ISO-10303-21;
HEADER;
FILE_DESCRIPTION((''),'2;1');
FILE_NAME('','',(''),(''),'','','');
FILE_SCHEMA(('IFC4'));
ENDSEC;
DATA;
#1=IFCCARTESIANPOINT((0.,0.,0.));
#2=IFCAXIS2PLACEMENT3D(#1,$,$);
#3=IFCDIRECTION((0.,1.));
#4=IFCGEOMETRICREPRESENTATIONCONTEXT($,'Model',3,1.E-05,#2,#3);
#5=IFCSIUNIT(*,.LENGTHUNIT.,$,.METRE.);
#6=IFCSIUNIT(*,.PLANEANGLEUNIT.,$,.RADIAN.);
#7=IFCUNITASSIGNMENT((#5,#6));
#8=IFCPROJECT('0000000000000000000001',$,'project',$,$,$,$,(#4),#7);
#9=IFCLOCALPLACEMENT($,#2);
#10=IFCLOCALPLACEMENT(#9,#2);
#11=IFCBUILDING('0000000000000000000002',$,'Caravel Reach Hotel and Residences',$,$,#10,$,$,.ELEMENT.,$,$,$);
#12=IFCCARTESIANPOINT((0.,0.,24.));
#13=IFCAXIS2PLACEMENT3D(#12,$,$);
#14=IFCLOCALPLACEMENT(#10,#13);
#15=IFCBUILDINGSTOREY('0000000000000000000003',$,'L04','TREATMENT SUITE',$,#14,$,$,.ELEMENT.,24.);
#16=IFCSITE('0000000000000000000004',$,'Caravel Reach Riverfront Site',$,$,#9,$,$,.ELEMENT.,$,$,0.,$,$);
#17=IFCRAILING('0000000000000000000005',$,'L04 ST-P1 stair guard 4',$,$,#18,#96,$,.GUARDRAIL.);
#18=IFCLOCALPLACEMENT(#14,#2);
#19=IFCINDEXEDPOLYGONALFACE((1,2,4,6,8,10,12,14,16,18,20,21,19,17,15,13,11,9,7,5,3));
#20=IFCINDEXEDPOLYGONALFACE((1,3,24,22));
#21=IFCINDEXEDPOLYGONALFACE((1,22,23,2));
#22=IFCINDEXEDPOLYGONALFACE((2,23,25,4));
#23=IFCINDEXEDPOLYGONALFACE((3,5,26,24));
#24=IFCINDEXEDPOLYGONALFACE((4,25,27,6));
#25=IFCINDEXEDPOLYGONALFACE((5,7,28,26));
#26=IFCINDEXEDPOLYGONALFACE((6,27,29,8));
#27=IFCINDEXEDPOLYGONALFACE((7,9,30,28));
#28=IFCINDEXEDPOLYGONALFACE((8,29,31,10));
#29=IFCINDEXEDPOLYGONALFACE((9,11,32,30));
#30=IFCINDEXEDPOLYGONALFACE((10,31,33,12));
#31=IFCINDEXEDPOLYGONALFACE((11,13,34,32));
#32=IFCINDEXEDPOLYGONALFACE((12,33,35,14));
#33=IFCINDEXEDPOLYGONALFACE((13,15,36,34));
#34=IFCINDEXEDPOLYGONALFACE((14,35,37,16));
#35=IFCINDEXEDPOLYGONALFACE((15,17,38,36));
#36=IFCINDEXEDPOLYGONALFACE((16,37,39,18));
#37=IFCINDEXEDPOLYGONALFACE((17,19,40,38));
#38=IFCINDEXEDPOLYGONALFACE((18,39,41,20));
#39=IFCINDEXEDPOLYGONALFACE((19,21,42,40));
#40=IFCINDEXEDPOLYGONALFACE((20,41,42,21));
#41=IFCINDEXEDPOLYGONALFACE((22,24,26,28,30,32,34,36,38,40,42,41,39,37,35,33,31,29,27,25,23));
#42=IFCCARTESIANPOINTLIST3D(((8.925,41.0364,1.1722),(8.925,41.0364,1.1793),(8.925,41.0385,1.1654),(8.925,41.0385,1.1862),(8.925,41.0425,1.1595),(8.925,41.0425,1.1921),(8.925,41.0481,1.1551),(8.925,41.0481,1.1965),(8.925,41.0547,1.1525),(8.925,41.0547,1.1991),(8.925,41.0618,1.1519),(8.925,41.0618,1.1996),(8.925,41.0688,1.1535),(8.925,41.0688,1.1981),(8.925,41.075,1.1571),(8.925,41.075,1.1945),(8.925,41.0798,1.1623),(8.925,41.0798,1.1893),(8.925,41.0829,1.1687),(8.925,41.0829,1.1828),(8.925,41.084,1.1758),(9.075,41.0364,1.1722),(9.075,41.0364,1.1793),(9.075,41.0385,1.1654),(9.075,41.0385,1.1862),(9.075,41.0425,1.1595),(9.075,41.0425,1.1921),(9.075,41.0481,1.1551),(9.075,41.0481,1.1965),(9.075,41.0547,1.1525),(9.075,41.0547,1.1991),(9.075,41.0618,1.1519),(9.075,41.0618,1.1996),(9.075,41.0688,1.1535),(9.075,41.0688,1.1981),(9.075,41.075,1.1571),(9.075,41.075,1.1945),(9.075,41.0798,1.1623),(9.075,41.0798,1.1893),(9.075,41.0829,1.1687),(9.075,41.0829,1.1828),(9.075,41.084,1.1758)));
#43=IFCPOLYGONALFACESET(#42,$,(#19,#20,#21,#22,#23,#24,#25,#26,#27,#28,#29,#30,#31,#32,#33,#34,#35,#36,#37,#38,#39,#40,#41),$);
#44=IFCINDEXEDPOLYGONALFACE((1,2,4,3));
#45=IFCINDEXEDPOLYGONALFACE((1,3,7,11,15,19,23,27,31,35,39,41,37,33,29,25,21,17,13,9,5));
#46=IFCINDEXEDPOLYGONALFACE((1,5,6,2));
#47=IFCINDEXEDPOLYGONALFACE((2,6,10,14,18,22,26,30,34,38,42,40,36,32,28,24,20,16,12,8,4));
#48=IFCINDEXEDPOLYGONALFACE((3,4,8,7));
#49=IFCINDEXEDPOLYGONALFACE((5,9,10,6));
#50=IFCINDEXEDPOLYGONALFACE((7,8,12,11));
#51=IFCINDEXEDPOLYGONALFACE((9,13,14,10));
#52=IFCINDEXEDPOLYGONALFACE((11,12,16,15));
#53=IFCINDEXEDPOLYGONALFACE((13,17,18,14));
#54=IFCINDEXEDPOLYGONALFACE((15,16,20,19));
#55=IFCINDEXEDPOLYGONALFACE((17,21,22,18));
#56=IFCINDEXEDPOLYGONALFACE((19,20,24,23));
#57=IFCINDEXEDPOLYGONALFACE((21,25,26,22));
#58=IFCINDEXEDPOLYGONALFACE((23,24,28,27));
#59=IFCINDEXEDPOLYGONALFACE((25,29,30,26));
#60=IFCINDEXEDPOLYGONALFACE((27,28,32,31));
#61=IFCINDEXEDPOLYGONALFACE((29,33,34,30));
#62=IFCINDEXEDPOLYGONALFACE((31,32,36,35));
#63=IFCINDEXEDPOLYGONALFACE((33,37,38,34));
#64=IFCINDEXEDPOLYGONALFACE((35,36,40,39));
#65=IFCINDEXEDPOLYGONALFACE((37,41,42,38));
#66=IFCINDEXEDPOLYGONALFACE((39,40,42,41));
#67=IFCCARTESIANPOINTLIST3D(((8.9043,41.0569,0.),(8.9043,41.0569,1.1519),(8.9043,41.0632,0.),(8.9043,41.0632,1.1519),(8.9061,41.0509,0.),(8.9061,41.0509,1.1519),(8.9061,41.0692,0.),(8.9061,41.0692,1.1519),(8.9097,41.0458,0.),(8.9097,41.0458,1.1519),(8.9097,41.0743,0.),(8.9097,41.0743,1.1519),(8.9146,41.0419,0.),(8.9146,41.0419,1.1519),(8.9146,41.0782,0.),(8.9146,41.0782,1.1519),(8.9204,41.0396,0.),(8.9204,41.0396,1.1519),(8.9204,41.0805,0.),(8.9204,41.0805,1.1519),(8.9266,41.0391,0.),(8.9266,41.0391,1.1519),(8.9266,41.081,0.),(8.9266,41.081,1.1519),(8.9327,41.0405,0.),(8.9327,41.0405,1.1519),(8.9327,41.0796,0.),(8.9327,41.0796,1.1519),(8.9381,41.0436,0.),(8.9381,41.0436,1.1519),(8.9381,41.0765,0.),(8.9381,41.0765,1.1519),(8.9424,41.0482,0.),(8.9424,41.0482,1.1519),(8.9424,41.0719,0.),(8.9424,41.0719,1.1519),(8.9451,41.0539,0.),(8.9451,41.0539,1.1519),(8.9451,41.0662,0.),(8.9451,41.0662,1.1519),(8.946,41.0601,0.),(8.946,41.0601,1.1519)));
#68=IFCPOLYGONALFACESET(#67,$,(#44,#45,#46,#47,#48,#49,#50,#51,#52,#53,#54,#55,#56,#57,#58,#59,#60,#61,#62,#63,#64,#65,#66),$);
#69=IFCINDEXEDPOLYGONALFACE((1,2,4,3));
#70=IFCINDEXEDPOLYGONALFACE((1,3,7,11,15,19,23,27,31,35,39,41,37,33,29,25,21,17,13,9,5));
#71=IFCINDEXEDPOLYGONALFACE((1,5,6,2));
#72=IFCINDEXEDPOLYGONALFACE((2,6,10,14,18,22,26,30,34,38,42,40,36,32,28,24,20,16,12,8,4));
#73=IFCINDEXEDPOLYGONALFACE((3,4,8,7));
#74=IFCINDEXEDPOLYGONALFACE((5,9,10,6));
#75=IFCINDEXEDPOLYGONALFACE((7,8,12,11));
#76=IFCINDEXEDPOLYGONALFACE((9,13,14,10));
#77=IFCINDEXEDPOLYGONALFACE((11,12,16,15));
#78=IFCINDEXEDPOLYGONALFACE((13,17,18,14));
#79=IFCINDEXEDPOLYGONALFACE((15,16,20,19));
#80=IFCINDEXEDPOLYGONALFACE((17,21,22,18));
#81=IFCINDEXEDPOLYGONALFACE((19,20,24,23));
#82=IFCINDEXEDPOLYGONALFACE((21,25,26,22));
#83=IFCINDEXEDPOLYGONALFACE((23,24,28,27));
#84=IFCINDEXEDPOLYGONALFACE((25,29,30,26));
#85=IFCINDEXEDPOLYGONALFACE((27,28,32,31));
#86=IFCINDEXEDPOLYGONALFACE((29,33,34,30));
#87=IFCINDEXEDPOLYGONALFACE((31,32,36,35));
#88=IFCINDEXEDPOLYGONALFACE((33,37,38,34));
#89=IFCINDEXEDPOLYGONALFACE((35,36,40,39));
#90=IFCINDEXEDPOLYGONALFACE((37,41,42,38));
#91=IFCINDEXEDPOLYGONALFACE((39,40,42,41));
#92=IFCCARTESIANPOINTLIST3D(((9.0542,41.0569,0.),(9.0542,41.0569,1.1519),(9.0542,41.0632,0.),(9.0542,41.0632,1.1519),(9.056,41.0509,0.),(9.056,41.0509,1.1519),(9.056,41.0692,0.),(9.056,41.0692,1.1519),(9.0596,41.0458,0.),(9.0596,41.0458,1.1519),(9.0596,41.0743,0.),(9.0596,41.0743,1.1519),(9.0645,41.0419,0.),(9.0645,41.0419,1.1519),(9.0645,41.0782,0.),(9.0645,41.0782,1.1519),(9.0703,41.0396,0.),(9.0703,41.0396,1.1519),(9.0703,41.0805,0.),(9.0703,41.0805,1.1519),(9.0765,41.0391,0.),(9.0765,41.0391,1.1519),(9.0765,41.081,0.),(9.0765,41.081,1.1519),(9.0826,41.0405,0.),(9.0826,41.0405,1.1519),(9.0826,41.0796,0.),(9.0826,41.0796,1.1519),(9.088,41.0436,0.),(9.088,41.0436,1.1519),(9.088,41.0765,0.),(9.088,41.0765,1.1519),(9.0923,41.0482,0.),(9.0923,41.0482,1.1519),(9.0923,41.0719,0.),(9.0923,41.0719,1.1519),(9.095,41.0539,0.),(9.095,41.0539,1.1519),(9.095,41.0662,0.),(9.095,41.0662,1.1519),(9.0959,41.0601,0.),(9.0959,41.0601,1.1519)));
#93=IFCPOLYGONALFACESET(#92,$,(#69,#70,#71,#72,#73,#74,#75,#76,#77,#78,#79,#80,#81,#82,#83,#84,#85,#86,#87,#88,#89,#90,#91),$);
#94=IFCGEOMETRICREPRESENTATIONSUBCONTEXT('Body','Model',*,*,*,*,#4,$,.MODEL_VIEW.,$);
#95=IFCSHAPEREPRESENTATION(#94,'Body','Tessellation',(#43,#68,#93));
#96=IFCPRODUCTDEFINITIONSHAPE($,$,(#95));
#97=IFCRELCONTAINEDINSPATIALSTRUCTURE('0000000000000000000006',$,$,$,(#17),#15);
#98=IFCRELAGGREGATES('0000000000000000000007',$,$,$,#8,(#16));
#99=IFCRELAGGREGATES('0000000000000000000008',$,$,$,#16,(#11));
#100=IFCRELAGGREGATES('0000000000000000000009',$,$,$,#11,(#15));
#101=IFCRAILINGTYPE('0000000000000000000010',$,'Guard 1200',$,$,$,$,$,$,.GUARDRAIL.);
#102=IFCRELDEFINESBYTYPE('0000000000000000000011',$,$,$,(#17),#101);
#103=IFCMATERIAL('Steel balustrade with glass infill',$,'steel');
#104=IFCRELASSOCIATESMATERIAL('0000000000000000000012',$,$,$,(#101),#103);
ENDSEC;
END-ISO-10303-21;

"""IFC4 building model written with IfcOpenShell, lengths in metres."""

from ifc_helpers import new_model, si_unit, direction, frame, origin, origin_2d, place, context, subcontext, project, spatial, circle, extrude, material, type_object, element, save


model = new_model("IFC4")

# Units and contexts
model_context = context("Model", 3, precision=1e-05, world=origin(), true_north=direction((0.0, 1.0)))
body_context = subcontext(model_context, "Body", "Model", "MODEL_VIEW")
ifc_project = project(units=[si_unit("LENGTHUNIT", "METRE"), si_unit("PLANEANGLEUNIT", "RADIAN")], contexts=[model_context])

# Site, building, storey
site_placement = place(None, origin())
site = spatial("IfcSite", under=ifc_project, at=site_placement, Name="Caravel Reach Riverfront Site", CompositionType="ELEMENT", RefElevation=0.0)
building_placement = place(site_placement, origin())
building = spatial("IfcBuilding", under=site, at=building_placement, Name="Caravel Reach Hotel and Residences", CompositionType="ELEMENT")
storey_placement = place(building_placement, frame((0.0, 0.0, 24.0)))
storey = spatial("IfcBuildingStorey", under=building, at=storey_placement, Name="L04", Description="TREATMENT SUITE", CompositionType="ELEMENT", Elevation=24.0)

# Railing
ifc_material_1 = material(Name="Steel balustrade with glass infill", Category="steel")
railing_type = type_object("IfcRailingType", Name="Guard 1200", PredefinedType="GUARDRAIL", material=ifc_material_1)
railing_placement = place(storey_placement, frame((8.925, 41.0601, 0.0)))
element("IfcRailing", 1, at=railing_placement, inside=storey, type_object=railing_type, Name="L04 ST-P1 stair guard 4", PredefinedType="GUARDRAIL", context=body_context, shape_type="SweptSolid", body=[
    extrude(circle(Radius=0.0239, at=origin_2d()), frame((0.0, 0.0, 1.1758), z_axis=(1.0, 0.0, 0.0), x_axis=(0.0, 1.0, 0.0)), (0.0, 0.0, 1.0), 0.1499),
    extrude(circle(Radius=0.021, at=origin_2d()), origin(), (0.0, 0.0, 1.0), 1.1519),
    extrude(circle(Radius=0.021, at=origin_2d()), frame((0.1499, 0.0, 0.0)), (0.0, 0.0, 1.0), 1.1519),
])

save(model, "model.ifc")
